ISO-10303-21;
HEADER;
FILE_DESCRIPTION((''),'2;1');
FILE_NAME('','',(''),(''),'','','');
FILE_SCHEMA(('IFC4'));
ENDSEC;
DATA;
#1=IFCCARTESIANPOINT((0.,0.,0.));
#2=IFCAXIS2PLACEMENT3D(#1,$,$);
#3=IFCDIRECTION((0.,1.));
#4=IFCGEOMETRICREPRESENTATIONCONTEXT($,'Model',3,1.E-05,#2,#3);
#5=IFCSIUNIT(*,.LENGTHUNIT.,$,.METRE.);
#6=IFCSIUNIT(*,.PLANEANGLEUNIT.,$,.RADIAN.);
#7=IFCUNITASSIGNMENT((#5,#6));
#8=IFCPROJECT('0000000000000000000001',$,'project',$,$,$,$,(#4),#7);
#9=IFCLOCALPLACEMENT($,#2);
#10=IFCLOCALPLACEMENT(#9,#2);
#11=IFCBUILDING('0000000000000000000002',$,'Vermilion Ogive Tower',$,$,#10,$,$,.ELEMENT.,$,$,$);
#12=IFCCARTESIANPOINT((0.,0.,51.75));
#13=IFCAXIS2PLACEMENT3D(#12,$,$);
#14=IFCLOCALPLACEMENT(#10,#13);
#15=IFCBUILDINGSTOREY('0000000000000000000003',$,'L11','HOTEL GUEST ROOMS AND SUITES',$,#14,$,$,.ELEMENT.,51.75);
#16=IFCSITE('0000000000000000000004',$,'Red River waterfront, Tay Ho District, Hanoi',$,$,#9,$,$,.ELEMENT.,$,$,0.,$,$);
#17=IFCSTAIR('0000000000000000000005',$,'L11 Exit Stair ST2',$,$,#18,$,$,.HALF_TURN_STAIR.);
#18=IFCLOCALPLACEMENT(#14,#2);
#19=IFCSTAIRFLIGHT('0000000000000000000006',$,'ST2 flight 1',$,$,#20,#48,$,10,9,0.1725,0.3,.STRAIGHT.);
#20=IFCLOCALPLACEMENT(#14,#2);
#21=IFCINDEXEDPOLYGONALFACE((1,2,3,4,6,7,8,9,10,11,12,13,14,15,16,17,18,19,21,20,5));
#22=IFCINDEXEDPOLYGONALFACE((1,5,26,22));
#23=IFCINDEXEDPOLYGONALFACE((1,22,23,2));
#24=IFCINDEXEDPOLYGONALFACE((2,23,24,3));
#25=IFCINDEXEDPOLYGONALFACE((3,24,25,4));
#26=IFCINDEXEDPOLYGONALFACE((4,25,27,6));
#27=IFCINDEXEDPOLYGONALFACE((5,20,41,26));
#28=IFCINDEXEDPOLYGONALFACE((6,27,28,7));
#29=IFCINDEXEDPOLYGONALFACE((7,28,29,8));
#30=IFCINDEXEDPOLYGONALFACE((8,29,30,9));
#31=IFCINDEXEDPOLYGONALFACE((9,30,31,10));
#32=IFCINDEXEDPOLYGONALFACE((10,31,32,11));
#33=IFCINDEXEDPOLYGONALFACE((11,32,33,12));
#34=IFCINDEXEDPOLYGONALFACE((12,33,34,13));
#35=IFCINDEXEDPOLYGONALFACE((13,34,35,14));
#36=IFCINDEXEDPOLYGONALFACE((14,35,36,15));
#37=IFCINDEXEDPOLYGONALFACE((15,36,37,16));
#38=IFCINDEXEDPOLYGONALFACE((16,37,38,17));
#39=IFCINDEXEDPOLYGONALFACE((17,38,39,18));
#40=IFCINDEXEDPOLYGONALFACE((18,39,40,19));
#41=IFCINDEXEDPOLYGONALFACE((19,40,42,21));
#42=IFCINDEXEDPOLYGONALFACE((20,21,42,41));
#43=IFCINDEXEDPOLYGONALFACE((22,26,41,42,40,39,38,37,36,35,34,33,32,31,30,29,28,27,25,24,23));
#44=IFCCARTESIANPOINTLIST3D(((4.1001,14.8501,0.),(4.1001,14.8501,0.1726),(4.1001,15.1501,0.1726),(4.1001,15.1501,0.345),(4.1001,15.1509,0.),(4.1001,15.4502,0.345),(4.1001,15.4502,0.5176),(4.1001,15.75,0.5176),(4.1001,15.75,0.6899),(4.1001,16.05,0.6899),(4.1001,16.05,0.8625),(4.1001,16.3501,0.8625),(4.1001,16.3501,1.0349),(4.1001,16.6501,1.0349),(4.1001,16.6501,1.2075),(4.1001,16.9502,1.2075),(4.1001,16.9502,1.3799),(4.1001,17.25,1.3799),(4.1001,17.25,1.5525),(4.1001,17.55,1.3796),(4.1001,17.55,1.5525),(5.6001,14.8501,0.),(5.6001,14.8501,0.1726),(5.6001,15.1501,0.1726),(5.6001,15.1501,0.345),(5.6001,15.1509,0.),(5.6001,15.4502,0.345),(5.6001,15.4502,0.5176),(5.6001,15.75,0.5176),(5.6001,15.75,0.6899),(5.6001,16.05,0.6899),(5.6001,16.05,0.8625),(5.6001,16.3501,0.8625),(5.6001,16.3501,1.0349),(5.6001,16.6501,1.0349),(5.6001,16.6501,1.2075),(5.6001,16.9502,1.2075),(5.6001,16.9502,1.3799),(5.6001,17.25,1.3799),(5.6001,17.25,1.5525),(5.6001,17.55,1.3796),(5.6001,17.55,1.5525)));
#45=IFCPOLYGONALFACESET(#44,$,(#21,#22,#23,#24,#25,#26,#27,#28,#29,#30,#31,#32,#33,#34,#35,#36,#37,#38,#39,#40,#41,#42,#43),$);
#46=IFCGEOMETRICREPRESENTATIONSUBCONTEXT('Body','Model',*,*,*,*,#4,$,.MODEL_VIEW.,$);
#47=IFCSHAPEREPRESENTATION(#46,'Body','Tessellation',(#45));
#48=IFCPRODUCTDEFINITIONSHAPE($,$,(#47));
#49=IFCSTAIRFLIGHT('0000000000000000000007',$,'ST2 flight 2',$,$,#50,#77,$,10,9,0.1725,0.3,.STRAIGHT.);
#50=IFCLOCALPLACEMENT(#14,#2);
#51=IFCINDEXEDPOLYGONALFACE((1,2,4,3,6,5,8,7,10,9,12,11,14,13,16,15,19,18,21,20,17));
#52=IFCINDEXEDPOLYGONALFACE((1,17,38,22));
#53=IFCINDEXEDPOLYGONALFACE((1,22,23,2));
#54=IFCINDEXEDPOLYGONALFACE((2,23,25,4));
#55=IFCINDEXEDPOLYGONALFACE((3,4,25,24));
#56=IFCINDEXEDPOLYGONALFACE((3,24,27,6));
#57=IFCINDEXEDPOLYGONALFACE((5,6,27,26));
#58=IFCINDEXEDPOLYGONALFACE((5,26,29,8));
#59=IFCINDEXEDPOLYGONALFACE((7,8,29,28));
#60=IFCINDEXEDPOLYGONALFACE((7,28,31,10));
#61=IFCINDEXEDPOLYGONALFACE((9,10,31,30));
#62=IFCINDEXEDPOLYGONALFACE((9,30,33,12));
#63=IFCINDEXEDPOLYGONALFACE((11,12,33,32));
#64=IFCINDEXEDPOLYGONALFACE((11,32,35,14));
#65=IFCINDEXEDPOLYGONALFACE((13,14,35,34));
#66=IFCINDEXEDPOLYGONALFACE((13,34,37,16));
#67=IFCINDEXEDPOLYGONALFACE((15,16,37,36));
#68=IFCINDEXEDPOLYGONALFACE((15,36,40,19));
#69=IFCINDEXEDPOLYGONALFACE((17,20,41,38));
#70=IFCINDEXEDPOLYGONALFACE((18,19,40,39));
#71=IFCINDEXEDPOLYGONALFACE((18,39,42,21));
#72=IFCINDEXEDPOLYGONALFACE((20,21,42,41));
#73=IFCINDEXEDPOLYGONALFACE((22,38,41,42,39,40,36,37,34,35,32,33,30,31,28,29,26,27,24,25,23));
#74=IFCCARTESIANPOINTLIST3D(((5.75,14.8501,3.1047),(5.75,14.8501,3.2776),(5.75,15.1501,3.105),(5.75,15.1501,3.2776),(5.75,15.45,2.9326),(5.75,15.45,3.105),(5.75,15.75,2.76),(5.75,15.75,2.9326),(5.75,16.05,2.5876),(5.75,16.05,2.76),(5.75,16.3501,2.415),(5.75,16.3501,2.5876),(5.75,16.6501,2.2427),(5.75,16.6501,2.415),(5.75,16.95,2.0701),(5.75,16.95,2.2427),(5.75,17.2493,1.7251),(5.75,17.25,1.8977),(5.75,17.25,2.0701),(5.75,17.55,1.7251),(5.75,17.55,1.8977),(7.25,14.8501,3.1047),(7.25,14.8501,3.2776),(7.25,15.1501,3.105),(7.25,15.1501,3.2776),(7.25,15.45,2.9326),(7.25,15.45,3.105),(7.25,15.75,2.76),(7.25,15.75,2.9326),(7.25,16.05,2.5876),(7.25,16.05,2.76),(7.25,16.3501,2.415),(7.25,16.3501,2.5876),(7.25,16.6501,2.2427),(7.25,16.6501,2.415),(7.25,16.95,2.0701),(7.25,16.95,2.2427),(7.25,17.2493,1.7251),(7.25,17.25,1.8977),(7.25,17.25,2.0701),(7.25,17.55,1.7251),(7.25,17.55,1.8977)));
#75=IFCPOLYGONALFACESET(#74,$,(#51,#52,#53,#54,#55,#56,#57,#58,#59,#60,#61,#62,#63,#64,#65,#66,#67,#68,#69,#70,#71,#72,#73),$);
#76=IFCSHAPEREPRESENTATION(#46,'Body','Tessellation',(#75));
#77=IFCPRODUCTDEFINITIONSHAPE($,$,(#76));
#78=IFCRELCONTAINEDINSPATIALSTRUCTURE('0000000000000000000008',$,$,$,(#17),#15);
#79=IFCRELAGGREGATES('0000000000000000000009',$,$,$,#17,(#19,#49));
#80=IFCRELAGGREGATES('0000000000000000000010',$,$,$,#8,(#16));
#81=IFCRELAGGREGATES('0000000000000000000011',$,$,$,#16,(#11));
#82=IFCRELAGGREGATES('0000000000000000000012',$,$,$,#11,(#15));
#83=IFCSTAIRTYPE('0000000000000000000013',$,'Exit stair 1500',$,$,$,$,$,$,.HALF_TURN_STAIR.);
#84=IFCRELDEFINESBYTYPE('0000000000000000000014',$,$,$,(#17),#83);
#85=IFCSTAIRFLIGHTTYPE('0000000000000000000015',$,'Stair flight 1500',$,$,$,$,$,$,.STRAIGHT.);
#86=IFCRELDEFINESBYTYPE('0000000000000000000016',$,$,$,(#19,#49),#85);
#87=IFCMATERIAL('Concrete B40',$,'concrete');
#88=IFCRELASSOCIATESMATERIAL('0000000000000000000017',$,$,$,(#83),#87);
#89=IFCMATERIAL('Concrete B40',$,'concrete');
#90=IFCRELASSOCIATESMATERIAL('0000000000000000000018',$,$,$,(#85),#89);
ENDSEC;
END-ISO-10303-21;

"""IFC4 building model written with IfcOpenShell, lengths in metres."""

from ifc_helpers import new_model, si_unit, direction, frame, origin, place, context, subcontext, project, spatial, polyline, outline, extrude, material, type_object, element, aggregate, save


model = new_model("IFC4")

# Units and contexts
model_context = context("Model", 3, precision=1e-05, world=origin(), true_north=direction((0.0, 1.0)))
body_context = subcontext(model_context, "Body", "Model", "MODEL_VIEW")
ifc_project = project(units=[si_unit("LENGTHUNIT", "METRE"), si_unit("PLANEANGLEUNIT", "RADIAN")], contexts=[model_context])

# Site, building, storey
site_placement = place(None, origin())
site = spatial("IfcSite", under=ifc_project, at=site_placement, Name="Red River waterfront, Tay Ho District, Hanoi", CompositionType="ELEMENT", RefElevation=0.0)
building_placement = place(site_placement, origin())
building = spatial("IfcBuilding", under=site, at=building_placement, Name="Vermilion Ogive Tower", CompositionType="ELEMENT")
storey_placement = place(building_placement, frame((0.0, 0.0, 51.75)))
storey = spatial("IfcBuildingStorey", under=building, at=storey_placement, Name="L11", Description="HOTEL GUEST ROOMS AND SUITES", CompositionType="ELEMENT", Elevation=51.75)

# Stair, stair flights
ifc_material_1 = material(Name="Concrete B40", Category="concrete")
stair_type = type_object("IfcStairType", Name="Exit stair 1500", PredefinedType="HALF_TURN_STAIR", material=ifc_material_1)
stair_placement = place(storey_placement, origin())
stair = element("IfcStair", 1, at=stair_placement, inside=storey, type_object=stair_type, Name="L11 Exit Stair ST2", PredefinedType="HALF_TURN_STAIR")
ifc_material_2 = material(Name="Concrete B40", Category="concrete")
stair_flight_type = type_object("IfcStairFlightType", Name="Stair flight 1500", PredefinedType="STRAIGHT", material=ifc_material_2)
stair_flight_1_placement = place(storey_placement, frame((4.8501, 14.8501, 0.0), z_axis=(0.0, 0.0, 1.0), x_axis=(0.0, 1.0, 0.0)))
stair_flight_1 = element("IfcStairFlight", 2, at=stair_flight_1_placement, type_object=stair_flight_type, Name="ST2 flight 1", NumberOfRisers=10, NumberOfTreads=9, PredefinedType="STRAIGHT", RiserHeight=0.1725, TreadLength=0.3, context=body_context, shape_type="SweptSolid", body=[
    extrude(outline(polyline([(0.0, 0.0), (0.0, 0.1726), (0.3, 0.1726), (0.3, 0.345), (0.6001, 0.345), (0.6001, 0.5176), (0.8999, 0.5176), (0.8999, 0.6899), (1.2, 0.6899), (1.2, 0.8625), (1.5, 0.8625), (1.5, 1.0349), (1.8, 1.0349), (1.8, 1.2075), (2.1001, 1.2075), (2.1001, 1.3799), (2.3999, 1.3799), (2.3999, 1.5525), (2.7, 1.5525), (2.7, 1.7251), (2.7, 1.3796), (0.3008, 0.0), (0.0, 0.0)])), frame((0.0, 0.75, 0.0), z_axis=(0.0, -1.0, 0.0), x_axis=(1.0, 0.0, 0.0)), (0.0, 0.0, 1.0), 1.5),
])
stair_flight_2_placement = place(storey_placement, frame((6.5, 17.55, 1.7251), z_axis=(0.0, 0.0, 1.0), x_axis=(0.0, -1.0, 0.0)))
stair_flight_2 = element("IfcStairFlight", 3, at=stair_flight_2_placement, type_object=stair_flight_type, Name="ST2 flight 2", NumberOfRisers=10, NumberOfTreads=9, PredefinedType="STRAIGHT", RiserHeight=0.1725, TreadLength=0.3, context=body_context, shape_type="SweptSolid", body=[
    extrude(outline(polyline([(0.0, 0.0), (0.0, 0.1726), (0.3, 0.1726), (0.3, 0.345), (0.6001, 0.345), (0.6001, 0.5176), (0.8999, 0.5176), (0.8999, 0.6899), (1.2, 0.6899), (1.2, 0.8625), (1.5, 0.8625), (1.5, 1.0349), (1.8, 1.0349), (1.8, 1.2075), (2.1001, 1.2075), (2.1001, 1.3799), (2.3999, 1.3799), (2.3999, 1.5525), (2.7, 1.5525), (2.7, 1.7251), (2.7, 1.3796), (0.3008, 0.0), (0.0, 0.0)])), frame((0.0, 0.75, 0.0), z_axis=(0.0, -1.0, 0.0), x_axis=(1.0, 0.0, 0.0)), (0.0, 0.0, 1.0), 1.5),
])
aggregate(stair, [stair_flight_1, stair_flight_2])

save(model, "model.ifc")
